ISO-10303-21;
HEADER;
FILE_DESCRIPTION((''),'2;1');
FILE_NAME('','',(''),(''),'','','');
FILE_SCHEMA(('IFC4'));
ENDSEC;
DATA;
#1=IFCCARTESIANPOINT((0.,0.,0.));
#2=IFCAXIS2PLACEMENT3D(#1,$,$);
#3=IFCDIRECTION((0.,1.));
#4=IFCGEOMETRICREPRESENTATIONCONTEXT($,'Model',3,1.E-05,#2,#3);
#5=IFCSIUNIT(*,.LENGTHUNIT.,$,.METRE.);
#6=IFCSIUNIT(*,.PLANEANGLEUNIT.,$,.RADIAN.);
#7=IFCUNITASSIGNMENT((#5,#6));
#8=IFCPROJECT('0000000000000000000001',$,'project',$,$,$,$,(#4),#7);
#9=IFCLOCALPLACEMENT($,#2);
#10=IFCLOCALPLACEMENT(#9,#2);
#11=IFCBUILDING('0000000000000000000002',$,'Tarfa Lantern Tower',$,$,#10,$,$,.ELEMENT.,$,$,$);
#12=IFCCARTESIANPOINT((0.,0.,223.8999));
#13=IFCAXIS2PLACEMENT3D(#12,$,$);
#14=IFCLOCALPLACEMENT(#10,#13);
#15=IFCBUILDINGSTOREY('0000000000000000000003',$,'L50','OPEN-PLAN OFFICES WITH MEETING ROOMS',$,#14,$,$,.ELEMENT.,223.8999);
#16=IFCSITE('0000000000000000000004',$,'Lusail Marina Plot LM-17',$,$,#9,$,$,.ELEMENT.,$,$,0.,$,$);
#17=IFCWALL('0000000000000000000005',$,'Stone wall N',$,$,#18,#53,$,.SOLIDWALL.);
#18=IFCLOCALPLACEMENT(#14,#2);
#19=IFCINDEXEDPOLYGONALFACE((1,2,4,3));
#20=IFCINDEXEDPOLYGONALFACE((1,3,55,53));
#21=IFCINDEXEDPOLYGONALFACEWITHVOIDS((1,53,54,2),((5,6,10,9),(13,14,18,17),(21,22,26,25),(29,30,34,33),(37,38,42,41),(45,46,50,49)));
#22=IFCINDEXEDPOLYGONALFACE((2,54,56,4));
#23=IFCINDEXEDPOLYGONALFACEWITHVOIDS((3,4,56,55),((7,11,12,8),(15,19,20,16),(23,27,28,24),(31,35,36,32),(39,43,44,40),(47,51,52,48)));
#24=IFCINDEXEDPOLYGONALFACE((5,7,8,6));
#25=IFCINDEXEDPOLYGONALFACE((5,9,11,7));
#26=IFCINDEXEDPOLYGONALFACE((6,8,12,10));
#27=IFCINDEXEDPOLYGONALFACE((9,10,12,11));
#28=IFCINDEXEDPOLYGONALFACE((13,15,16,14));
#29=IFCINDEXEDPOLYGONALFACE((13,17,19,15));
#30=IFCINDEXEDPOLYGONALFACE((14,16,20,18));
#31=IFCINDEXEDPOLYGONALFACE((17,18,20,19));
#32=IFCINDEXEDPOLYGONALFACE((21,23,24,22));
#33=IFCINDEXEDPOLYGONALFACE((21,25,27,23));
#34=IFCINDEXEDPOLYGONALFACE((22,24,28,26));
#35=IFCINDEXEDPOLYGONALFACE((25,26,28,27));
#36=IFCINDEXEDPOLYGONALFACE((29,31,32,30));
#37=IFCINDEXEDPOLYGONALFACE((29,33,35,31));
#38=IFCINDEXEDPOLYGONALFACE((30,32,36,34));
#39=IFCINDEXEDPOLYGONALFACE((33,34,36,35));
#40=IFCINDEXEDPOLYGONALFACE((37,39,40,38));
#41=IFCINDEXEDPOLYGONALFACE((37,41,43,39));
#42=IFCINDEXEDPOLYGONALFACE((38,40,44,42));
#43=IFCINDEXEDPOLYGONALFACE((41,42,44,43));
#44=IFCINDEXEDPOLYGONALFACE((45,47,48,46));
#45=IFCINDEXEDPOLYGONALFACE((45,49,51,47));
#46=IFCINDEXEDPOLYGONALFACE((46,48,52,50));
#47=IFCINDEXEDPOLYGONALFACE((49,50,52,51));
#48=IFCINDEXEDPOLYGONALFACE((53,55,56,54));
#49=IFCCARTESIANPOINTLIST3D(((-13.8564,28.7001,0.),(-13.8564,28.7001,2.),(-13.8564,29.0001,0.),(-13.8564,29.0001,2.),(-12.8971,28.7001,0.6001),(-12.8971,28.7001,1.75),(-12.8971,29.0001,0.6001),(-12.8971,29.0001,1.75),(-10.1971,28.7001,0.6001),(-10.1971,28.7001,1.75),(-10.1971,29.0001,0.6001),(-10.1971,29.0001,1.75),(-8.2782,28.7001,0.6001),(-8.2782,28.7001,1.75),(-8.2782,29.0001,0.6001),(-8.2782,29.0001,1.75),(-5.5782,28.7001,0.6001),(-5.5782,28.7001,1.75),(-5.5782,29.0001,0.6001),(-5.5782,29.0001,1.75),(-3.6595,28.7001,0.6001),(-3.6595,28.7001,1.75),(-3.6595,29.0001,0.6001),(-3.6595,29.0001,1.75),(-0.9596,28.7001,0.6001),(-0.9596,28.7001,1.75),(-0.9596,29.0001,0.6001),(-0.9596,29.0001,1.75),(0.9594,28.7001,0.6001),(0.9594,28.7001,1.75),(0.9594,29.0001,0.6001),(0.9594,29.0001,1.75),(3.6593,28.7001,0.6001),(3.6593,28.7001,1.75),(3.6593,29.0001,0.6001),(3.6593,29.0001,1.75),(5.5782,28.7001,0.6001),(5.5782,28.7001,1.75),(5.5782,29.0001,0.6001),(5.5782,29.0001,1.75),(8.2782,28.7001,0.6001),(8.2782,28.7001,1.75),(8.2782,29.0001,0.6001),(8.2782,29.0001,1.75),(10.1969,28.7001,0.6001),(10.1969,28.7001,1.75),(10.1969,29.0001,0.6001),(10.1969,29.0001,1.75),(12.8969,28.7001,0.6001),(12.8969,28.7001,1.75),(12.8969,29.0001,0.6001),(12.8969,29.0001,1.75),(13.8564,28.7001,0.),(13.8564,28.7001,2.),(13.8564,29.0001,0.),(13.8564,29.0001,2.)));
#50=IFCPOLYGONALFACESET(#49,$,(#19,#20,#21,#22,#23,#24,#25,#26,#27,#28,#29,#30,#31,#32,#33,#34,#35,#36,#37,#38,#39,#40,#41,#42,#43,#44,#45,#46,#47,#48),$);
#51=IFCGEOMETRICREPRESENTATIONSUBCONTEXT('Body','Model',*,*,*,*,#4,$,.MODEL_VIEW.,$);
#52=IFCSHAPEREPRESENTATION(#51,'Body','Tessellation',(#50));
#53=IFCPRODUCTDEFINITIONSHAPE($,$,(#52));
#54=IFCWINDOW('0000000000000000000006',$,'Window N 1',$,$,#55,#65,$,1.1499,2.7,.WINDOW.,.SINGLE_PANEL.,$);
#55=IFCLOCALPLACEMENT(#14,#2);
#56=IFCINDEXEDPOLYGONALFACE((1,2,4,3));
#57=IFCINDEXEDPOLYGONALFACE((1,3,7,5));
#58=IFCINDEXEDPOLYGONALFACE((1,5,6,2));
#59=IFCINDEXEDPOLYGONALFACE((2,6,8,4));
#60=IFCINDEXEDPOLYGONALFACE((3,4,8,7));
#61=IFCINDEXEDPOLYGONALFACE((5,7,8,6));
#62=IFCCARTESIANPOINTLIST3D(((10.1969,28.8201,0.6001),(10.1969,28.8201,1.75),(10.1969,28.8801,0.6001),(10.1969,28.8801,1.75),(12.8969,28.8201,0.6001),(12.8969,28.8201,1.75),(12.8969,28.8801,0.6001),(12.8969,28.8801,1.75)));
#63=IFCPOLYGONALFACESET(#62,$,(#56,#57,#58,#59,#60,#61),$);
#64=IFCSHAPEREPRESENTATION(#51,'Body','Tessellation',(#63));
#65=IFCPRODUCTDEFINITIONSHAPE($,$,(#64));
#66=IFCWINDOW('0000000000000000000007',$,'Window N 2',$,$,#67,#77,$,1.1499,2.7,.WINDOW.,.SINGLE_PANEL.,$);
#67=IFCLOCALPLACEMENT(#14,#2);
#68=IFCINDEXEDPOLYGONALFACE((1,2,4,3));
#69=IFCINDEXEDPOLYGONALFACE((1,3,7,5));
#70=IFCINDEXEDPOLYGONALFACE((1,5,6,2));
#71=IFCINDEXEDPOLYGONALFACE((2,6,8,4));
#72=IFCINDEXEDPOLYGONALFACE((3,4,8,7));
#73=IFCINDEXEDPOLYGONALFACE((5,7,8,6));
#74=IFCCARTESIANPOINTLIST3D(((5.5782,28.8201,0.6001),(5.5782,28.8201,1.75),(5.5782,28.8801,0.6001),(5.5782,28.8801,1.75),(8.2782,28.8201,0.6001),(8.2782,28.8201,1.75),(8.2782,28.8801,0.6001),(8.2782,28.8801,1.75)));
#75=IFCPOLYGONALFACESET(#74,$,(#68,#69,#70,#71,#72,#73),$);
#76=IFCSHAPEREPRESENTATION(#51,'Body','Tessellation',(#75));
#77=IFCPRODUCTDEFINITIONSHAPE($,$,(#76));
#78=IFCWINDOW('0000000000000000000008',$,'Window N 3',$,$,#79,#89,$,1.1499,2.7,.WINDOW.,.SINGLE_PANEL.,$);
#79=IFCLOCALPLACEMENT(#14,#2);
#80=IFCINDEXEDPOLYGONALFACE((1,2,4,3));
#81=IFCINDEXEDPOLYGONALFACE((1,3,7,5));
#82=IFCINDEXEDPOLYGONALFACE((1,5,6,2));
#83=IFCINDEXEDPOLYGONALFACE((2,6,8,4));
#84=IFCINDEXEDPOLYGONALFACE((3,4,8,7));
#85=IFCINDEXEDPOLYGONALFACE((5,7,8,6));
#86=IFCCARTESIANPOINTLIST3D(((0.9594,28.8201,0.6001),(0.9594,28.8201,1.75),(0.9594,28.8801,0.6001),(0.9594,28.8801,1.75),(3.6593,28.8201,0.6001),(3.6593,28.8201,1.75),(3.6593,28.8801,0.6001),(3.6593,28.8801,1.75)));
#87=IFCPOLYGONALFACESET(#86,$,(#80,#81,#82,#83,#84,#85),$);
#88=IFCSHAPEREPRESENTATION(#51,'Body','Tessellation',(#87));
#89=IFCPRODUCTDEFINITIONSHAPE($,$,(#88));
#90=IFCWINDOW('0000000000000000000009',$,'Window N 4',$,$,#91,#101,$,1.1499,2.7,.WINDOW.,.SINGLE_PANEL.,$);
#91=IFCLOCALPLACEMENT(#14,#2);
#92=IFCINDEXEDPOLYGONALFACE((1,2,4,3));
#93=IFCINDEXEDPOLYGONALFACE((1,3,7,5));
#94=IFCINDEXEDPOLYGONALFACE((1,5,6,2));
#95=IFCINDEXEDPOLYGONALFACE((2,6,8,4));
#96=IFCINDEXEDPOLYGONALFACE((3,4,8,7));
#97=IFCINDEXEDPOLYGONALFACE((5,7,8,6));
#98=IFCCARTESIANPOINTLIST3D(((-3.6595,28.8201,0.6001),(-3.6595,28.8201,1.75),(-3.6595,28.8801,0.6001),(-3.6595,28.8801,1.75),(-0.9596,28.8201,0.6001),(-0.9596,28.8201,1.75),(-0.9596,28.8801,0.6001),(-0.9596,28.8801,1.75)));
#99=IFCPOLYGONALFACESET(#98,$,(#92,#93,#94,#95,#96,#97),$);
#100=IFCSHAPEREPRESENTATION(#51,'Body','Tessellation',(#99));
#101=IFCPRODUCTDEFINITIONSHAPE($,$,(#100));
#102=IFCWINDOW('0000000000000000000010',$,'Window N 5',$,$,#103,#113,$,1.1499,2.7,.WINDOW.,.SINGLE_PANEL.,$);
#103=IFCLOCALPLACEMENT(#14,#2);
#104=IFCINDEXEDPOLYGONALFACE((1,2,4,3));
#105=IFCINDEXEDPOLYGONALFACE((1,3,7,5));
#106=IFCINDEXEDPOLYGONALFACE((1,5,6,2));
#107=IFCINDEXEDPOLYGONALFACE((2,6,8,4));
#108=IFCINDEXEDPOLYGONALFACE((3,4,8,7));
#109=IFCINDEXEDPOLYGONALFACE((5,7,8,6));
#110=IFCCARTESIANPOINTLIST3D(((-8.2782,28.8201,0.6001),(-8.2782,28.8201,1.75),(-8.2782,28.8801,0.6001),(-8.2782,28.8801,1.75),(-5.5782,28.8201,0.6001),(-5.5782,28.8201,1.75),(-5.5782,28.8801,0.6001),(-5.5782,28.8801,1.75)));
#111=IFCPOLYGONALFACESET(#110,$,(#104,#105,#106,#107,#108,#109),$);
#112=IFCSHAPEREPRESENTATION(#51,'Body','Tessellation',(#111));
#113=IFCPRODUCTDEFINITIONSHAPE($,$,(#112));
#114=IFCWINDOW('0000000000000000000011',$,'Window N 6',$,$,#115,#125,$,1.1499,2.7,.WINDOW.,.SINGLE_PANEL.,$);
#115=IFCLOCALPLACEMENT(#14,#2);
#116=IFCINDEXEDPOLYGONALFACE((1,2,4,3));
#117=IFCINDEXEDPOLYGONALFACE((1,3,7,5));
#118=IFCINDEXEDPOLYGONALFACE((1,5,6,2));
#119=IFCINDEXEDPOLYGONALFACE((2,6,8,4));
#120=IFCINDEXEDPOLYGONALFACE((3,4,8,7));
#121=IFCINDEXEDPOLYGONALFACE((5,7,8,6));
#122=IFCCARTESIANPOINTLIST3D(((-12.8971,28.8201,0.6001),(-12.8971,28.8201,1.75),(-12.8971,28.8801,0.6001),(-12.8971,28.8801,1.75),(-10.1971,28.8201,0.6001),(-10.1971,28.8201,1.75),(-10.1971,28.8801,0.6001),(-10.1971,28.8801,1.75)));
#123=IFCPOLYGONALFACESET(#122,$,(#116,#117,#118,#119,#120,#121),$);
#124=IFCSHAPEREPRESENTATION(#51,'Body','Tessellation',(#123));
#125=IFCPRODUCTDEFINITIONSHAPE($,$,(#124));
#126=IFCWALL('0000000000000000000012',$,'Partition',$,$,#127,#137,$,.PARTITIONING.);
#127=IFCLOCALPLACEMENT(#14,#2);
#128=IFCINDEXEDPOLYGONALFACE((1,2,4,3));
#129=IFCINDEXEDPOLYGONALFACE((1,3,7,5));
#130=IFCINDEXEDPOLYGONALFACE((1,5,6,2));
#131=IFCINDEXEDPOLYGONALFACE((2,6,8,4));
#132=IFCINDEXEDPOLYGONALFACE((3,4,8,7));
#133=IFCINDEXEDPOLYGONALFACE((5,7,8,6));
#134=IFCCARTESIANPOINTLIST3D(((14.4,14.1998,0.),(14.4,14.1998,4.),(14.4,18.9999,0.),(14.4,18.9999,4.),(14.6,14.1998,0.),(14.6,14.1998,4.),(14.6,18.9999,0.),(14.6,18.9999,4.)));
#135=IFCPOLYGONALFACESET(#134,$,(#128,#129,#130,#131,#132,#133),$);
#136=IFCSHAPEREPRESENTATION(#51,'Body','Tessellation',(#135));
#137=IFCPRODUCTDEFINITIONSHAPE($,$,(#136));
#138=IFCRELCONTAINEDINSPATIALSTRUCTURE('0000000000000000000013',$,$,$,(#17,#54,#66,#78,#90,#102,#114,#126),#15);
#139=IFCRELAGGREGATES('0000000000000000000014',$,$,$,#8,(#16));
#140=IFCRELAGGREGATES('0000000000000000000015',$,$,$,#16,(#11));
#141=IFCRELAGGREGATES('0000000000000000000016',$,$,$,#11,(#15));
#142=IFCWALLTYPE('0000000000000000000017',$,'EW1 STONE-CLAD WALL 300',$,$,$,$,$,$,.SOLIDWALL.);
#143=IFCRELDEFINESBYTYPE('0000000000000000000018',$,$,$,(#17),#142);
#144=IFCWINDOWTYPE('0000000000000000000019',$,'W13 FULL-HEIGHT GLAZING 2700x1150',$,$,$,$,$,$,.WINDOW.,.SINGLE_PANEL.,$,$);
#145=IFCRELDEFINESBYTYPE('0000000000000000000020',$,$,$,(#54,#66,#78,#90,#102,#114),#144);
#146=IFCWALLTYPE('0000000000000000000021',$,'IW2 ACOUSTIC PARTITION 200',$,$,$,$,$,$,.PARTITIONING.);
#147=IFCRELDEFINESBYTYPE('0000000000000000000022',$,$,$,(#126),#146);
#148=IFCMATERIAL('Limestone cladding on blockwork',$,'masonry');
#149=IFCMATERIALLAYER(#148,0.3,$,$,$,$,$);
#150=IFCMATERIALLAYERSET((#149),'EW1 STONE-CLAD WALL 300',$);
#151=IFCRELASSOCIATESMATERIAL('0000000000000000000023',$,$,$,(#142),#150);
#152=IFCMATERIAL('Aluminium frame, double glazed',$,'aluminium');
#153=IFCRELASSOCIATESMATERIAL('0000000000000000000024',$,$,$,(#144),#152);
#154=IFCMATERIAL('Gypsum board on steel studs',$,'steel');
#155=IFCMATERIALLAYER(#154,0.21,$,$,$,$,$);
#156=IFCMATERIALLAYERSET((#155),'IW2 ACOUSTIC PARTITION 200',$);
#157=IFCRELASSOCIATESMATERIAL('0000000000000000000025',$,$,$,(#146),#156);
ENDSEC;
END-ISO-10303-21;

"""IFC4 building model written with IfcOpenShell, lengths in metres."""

from ifc_helpers import new_model, si_unit, direction, frame, frame_2d, origin, place, context, subcontext, project, spatial, rectangle, extrude, material, layer, layer_set, type_object, element, fill, save


model = new_model("IFC4")

# Units and contexts
model_context = context("Model", 3, precision=1e-05, world=origin(), true_north=direction((0.0, 1.0)))
body_context = subcontext(model_context, "Body", "Model", "MODEL_VIEW")
ifc_project = project(units=[si_unit("LENGTHUNIT", "METRE"), si_unit("PLANEANGLEUNIT", "RADIAN")], contexts=[model_context])

# Site, building, storey
site_placement = place(None, origin())
site = spatial("IfcSite", under=ifc_project, at=site_placement, Name="Lusail Marina Plot LM-17", CompositionType="ELEMENT", RefElevation=0.0)
building_placement = place(site_placement, origin())
building = spatial("IfcBuilding", under=site, at=building_placement, Name="Tarfa Lantern Tower", CompositionType="ELEMENT")
storey_placement = place(building_placement, frame((0.0, 0.0, 223.8999)))
storey = spatial("IfcBuildingStorey", under=building, at=storey_placement, Name="L50", Description="OPEN-PLAN OFFICES WITH MEETING ROOMS", CompositionType="ELEMENT", Elevation=223.8999)

# Wall, openings, windows
ifc_material_1 = material(Name="Limestone cladding on blockwork", Category="masonry")
ifc_layer_1 = layer(ifc_material_1, 0.3)
ifc_layer_set_1 = layer_set([ifc_layer_1], Name="EW1 STONE-CLAD WALL 300")
wall_type_1 = type_object("IfcWallType", Name="EW1 STONE-CLAD WALL 300", PredefinedType="SOLIDWALL", material=ifc_layer_set_1)
wall_1_placement = place(storey_placement, frame((13.8564, 28.8501, 0.0), z_axis=(0.0, 0.0, 1.0), x_axis=(-1.0, 0.0, 0.0)))
wall_1 = element("IfcWall", 1, at=wall_1_placement, inside=storey, type_object=wall_type_1, Name="Stone wall N", PredefinedType="SOLIDWALL", context=body_context, shape_type="SweptSolid", body=[
    extrude(rectangle(XDim=27.7129, YDim=0.3, at=frame_2d((13.8564, 0.0))), origin(), (0.0, 0.0, 1.0), 2.0),
])
opening_1_placement = place(wall_1_placement, frame((0.9595, 0.0, 0.6001)))
opening_1 = element("IfcOpeningElement", 2, at=opening_1_placement, cuts=wall_1, PredefinedType="OPENING", context=body_context, shape_type="SweptSolid", body=[
    extrude(rectangle(XDim=2.7, YDim=1.1499, at=frame_2d((1.3501, 0.575))), frame((0.0, 0.1599, 0.0), z_axis=(0.0, -1.0, 0.0), x_axis=(1.0, 0.0, 0.0)), (0.0, 0.0, 1.0), 0.3201),
])
opening_2_placement = place(wall_1_placement, frame((5.5781, 0.0, 0.6001)))
opening_2 = element("IfcOpeningElement", 3, at=opening_2_placement, cuts=wall_1, PredefinedType="OPENING", context=body_context, shape_type="SweptSolid", body=[
    extrude(rectangle(XDim=2.7, YDim=1.1499, at=frame_2d((1.3501, 0.575))), frame((0.0, 0.1599, 0.0), z_axis=(0.0, -1.0, 0.0), x_axis=(1.0, 0.0, 0.0)), (0.0, 0.0, 1.0), 0.3201),
])
opening_3_placement = place(wall_1_placement, frame((10.197, 0.0, 0.6001)))
opening_3 = element("IfcOpeningElement", 4, at=opening_3_placement, cuts=wall_1, PredefinedType="OPENING", context=body_context, shape_type="SweptSolid", body=[
    extrude(rectangle(XDim=2.7, YDim=1.1499, at=frame_2d((1.3501, 0.575))), frame((0.0, 0.1599, 0.0), z_axis=(0.0, -1.0, 0.0), x_axis=(1.0, 0.0, 0.0)), (0.0, 0.0, 1.0), 0.3201),
])
opening_4_placement = place(wall_1_placement, frame((14.8159, 0.0, 0.6001)))
opening_4 = element("IfcOpeningElement", 5, at=opening_4_placement, cuts=wall_1, PredefinedType="OPENING", context=body_context, shape_type="SweptSolid", body=[
    extrude(rectangle(XDim=2.7, YDim=1.1499, at=frame_2d((1.3501, 0.575))), frame((0.0, 0.1599, 0.0), z_axis=(0.0, -1.0, 0.0), x_axis=(1.0, 0.0, 0.0)), (0.0, 0.0, 1.0), 0.3201),
])
opening_5_placement = place(wall_1_placement, frame((19.4346, 0.0, 0.6001)))
opening_5 = element("IfcOpeningElement", 6, at=opening_5_placement, cuts=wall_1, PredefinedType="OPENING", context=body_context, shape_type="SweptSolid", body=[
    extrude(rectangle(XDim=2.7, YDim=1.1499, at=frame_2d((1.3501, 0.575))), frame((0.0, 0.1599, 0.0), z_axis=(0.0, -1.0, 0.0), x_axis=(1.0, 0.0, 0.0)), (0.0, 0.0, 1.0), 0.3201),
])
opening_6_placement = place(wall_1_placement, frame((24.0535, 0.0, 0.6001)))
opening_6 = element("IfcOpeningElement", 7, at=opening_6_placement, cuts=wall_1, PredefinedType="OPENING", context=body_context, shape_type="SweptSolid", body=[
    extrude(rectangle(XDim=2.7, YDim=1.1499, at=frame_2d((1.3501, 0.575))), frame((0.0, 0.1599, 0.0), z_axis=(0.0, -1.0, 0.0), x_axis=(1.0, 0.0, 0.0)), (0.0, 0.0, 1.0), 0.3201),
])
ifc_material_2 = material(Name="Aluminium frame, double glazed", Category="aluminium")
window_type = type_object("IfcWindowType", Name="W13 FULL-HEIGHT GLAZING 2700x1150", PartitioningType="SINGLE_PANEL", PredefinedType="WINDOW", material=ifc_material_2)
window_1_placement = place(opening_1_placement, origin())
window_1 = element("IfcWindow", 8, at=window_1_placement, inside=storey, type_object=window_type, Name="Window N 1", OverallHeight=1.1499, OverallWidth=2.7, PartitioningType="SINGLE_PANEL", PredefinedType="WINDOW", context=body_context, shape_type="SweptSolid", body=[
    extrude(rectangle(XDim=2.7, YDim=1.1499, at=frame_2d((1.3501, 0.575))), frame((0.0, 0.03, 0.0), z_axis=(0.0, -1.0, 0.0), x_axis=(1.0, 0.0, 0.0)), (0.0, 0.0, 1.0), 0.0601),
])
fill(opening_1, window_1)
window_2_placement = place(opening_2_placement, origin())
window_2 = element("IfcWindow", 9, at=window_2_placement, inside=storey, type_object=window_type, Name="Window N 2", OverallHeight=1.1499, OverallWidth=2.7, PartitioningType="SINGLE_PANEL", PredefinedType="WINDOW", context=body_context, shape_type="SweptSolid", body=[
    extrude(rectangle(XDim=2.7, YDim=1.1499, at=frame_2d((1.3501, 0.575))), frame((0.0, 0.03, 0.0), z_axis=(0.0, -1.0, 0.0), x_axis=(1.0, 0.0, 0.0)), (0.0, 0.0, 1.0), 0.0601),
])
fill(opening_2, window_2)
window_3_placement = place(opening_3_placement, origin())
window_3 = element("IfcWindow", 10, at=window_3_placement, inside=storey, type_object=window_type, Name="Window N 3", OverallHeight=1.1499, OverallWidth=2.7, PartitioningType="SINGLE_PANEL", PredefinedType="WINDOW", context=body_context, shape_type="SweptSolid", body=[
    extrude(rectangle(XDim=2.7, YDim=1.1499, at=frame_2d((1.3501, 0.575))), frame((0.0, 0.03, 0.0), z_axis=(0.0, -1.0, 0.0), x_axis=(1.0, 0.0, 0.0)), (0.0, 0.0, 1.0), 0.0601),
])
fill(opening_3, window_3)
window_4_placement = place(opening_4_placement, origin())
window_4 = element("IfcWindow", 11, at=window_4_placement, inside=storey, type_object=window_type, Name="Window N 4", OverallHeight=1.1499, OverallWidth=2.7, PartitioningType="SINGLE_PANEL", PredefinedType="WINDOW", context=body_context, shape_type="SweptSolid", body=[
    extrude(rectangle(XDim=2.7, YDim=1.1499, at=frame_2d((1.3501, 0.575))), frame((0.0, 0.03, 0.0), z_axis=(0.0, -1.0, 0.0), x_axis=(1.0, 0.0, 0.0)), (0.0, 0.0, 1.0), 0.0601),
])
fill(opening_4, window_4)
window_5_placement = place(opening_5_placement, origin())
window_5 = element("IfcWindow", 12, at=window_5_placement, inside=storey, type_object=window_type, Name="Window N 5", OverallHeight=1.1499, OverallWidth=2.7, PartitioningType="SINGLE_PANEL", PredefinedType="WINDOW", context=body_context, shape_type="SweptSolid", body=[
    extrude(rectangle(XDim=2.7, YDim=1.1499, at=frame_2d((1.3501, 0.575))), frame((0.0, 0.03, 0.0), z_axis=(0.0, -1.0, 0.0), x_axis=(1.0, 0.0, 0.0)), (0.0, 0.0, 1.0), 0.0601),
])
fill(opening_5, window_5)
window_6_placement = place(opening_6_placement, origin())
window_6 = element("IfcWindow", 13, at=window_6_placement, inside=storey, type_object=window_type, Name="Window N 6", OverallHeight=1.1499, OverallWidth=2.7, PartitioningType="SINGLE_PANEL", PredefinedType="WINDOW", context=body_context, shape_type="SweptSolid", body=[
    extrude(rectangle(XDim=2.7, YDim=1.1499, at=frame_2d((1.3501, 0.575))), frame((0.0, 0.03, 0.0), z_axis=(0.0, -1.0, 0.0), x_axis=(1.0, 0.0, 0.0)), (0.0, 0.0, 1.0), 0.0601),
])
fill(opening_6, window_6)

# Wall
ifc_material_3 = material(Name="Gypsum board on steel studs", Category="steel")
ifc_layer_2 = layer(ifc_material_3, 0.21)
ifc_layer_set_2 = layer_set([ifc_layer_2], Name="IW2 ACOUSTIC PARTITION 200")
wall_type_2 = type_object("IfcWallType", Name="IW2 ACOUSTIC PARTITION 200", PredefinedType="PARTITIONING", material=ifc_layer_set_2)
wall_2_placement = place(storey_placement, frame((14.5, 14.2, 0.0), z_axis=(0.0, 0.0, 1.0), x_axis=(0.0, 1.0, 0.0)))
element("IfcWall", 14, at=wall_2_placement, inside=storey, type_object=wall_type_2, Name="Partition", PredefinedType="PARTITIONING", context=body_context, shape_type="SweptSolid", body=[
    extrude(rectangle(XDim=4.8, YDim=0.2, at=frame_2d((2.3999, 0.0))), origin(), (0.0, 0.0, 1.0), 4.0),
])

save(model, "model.ifc")
